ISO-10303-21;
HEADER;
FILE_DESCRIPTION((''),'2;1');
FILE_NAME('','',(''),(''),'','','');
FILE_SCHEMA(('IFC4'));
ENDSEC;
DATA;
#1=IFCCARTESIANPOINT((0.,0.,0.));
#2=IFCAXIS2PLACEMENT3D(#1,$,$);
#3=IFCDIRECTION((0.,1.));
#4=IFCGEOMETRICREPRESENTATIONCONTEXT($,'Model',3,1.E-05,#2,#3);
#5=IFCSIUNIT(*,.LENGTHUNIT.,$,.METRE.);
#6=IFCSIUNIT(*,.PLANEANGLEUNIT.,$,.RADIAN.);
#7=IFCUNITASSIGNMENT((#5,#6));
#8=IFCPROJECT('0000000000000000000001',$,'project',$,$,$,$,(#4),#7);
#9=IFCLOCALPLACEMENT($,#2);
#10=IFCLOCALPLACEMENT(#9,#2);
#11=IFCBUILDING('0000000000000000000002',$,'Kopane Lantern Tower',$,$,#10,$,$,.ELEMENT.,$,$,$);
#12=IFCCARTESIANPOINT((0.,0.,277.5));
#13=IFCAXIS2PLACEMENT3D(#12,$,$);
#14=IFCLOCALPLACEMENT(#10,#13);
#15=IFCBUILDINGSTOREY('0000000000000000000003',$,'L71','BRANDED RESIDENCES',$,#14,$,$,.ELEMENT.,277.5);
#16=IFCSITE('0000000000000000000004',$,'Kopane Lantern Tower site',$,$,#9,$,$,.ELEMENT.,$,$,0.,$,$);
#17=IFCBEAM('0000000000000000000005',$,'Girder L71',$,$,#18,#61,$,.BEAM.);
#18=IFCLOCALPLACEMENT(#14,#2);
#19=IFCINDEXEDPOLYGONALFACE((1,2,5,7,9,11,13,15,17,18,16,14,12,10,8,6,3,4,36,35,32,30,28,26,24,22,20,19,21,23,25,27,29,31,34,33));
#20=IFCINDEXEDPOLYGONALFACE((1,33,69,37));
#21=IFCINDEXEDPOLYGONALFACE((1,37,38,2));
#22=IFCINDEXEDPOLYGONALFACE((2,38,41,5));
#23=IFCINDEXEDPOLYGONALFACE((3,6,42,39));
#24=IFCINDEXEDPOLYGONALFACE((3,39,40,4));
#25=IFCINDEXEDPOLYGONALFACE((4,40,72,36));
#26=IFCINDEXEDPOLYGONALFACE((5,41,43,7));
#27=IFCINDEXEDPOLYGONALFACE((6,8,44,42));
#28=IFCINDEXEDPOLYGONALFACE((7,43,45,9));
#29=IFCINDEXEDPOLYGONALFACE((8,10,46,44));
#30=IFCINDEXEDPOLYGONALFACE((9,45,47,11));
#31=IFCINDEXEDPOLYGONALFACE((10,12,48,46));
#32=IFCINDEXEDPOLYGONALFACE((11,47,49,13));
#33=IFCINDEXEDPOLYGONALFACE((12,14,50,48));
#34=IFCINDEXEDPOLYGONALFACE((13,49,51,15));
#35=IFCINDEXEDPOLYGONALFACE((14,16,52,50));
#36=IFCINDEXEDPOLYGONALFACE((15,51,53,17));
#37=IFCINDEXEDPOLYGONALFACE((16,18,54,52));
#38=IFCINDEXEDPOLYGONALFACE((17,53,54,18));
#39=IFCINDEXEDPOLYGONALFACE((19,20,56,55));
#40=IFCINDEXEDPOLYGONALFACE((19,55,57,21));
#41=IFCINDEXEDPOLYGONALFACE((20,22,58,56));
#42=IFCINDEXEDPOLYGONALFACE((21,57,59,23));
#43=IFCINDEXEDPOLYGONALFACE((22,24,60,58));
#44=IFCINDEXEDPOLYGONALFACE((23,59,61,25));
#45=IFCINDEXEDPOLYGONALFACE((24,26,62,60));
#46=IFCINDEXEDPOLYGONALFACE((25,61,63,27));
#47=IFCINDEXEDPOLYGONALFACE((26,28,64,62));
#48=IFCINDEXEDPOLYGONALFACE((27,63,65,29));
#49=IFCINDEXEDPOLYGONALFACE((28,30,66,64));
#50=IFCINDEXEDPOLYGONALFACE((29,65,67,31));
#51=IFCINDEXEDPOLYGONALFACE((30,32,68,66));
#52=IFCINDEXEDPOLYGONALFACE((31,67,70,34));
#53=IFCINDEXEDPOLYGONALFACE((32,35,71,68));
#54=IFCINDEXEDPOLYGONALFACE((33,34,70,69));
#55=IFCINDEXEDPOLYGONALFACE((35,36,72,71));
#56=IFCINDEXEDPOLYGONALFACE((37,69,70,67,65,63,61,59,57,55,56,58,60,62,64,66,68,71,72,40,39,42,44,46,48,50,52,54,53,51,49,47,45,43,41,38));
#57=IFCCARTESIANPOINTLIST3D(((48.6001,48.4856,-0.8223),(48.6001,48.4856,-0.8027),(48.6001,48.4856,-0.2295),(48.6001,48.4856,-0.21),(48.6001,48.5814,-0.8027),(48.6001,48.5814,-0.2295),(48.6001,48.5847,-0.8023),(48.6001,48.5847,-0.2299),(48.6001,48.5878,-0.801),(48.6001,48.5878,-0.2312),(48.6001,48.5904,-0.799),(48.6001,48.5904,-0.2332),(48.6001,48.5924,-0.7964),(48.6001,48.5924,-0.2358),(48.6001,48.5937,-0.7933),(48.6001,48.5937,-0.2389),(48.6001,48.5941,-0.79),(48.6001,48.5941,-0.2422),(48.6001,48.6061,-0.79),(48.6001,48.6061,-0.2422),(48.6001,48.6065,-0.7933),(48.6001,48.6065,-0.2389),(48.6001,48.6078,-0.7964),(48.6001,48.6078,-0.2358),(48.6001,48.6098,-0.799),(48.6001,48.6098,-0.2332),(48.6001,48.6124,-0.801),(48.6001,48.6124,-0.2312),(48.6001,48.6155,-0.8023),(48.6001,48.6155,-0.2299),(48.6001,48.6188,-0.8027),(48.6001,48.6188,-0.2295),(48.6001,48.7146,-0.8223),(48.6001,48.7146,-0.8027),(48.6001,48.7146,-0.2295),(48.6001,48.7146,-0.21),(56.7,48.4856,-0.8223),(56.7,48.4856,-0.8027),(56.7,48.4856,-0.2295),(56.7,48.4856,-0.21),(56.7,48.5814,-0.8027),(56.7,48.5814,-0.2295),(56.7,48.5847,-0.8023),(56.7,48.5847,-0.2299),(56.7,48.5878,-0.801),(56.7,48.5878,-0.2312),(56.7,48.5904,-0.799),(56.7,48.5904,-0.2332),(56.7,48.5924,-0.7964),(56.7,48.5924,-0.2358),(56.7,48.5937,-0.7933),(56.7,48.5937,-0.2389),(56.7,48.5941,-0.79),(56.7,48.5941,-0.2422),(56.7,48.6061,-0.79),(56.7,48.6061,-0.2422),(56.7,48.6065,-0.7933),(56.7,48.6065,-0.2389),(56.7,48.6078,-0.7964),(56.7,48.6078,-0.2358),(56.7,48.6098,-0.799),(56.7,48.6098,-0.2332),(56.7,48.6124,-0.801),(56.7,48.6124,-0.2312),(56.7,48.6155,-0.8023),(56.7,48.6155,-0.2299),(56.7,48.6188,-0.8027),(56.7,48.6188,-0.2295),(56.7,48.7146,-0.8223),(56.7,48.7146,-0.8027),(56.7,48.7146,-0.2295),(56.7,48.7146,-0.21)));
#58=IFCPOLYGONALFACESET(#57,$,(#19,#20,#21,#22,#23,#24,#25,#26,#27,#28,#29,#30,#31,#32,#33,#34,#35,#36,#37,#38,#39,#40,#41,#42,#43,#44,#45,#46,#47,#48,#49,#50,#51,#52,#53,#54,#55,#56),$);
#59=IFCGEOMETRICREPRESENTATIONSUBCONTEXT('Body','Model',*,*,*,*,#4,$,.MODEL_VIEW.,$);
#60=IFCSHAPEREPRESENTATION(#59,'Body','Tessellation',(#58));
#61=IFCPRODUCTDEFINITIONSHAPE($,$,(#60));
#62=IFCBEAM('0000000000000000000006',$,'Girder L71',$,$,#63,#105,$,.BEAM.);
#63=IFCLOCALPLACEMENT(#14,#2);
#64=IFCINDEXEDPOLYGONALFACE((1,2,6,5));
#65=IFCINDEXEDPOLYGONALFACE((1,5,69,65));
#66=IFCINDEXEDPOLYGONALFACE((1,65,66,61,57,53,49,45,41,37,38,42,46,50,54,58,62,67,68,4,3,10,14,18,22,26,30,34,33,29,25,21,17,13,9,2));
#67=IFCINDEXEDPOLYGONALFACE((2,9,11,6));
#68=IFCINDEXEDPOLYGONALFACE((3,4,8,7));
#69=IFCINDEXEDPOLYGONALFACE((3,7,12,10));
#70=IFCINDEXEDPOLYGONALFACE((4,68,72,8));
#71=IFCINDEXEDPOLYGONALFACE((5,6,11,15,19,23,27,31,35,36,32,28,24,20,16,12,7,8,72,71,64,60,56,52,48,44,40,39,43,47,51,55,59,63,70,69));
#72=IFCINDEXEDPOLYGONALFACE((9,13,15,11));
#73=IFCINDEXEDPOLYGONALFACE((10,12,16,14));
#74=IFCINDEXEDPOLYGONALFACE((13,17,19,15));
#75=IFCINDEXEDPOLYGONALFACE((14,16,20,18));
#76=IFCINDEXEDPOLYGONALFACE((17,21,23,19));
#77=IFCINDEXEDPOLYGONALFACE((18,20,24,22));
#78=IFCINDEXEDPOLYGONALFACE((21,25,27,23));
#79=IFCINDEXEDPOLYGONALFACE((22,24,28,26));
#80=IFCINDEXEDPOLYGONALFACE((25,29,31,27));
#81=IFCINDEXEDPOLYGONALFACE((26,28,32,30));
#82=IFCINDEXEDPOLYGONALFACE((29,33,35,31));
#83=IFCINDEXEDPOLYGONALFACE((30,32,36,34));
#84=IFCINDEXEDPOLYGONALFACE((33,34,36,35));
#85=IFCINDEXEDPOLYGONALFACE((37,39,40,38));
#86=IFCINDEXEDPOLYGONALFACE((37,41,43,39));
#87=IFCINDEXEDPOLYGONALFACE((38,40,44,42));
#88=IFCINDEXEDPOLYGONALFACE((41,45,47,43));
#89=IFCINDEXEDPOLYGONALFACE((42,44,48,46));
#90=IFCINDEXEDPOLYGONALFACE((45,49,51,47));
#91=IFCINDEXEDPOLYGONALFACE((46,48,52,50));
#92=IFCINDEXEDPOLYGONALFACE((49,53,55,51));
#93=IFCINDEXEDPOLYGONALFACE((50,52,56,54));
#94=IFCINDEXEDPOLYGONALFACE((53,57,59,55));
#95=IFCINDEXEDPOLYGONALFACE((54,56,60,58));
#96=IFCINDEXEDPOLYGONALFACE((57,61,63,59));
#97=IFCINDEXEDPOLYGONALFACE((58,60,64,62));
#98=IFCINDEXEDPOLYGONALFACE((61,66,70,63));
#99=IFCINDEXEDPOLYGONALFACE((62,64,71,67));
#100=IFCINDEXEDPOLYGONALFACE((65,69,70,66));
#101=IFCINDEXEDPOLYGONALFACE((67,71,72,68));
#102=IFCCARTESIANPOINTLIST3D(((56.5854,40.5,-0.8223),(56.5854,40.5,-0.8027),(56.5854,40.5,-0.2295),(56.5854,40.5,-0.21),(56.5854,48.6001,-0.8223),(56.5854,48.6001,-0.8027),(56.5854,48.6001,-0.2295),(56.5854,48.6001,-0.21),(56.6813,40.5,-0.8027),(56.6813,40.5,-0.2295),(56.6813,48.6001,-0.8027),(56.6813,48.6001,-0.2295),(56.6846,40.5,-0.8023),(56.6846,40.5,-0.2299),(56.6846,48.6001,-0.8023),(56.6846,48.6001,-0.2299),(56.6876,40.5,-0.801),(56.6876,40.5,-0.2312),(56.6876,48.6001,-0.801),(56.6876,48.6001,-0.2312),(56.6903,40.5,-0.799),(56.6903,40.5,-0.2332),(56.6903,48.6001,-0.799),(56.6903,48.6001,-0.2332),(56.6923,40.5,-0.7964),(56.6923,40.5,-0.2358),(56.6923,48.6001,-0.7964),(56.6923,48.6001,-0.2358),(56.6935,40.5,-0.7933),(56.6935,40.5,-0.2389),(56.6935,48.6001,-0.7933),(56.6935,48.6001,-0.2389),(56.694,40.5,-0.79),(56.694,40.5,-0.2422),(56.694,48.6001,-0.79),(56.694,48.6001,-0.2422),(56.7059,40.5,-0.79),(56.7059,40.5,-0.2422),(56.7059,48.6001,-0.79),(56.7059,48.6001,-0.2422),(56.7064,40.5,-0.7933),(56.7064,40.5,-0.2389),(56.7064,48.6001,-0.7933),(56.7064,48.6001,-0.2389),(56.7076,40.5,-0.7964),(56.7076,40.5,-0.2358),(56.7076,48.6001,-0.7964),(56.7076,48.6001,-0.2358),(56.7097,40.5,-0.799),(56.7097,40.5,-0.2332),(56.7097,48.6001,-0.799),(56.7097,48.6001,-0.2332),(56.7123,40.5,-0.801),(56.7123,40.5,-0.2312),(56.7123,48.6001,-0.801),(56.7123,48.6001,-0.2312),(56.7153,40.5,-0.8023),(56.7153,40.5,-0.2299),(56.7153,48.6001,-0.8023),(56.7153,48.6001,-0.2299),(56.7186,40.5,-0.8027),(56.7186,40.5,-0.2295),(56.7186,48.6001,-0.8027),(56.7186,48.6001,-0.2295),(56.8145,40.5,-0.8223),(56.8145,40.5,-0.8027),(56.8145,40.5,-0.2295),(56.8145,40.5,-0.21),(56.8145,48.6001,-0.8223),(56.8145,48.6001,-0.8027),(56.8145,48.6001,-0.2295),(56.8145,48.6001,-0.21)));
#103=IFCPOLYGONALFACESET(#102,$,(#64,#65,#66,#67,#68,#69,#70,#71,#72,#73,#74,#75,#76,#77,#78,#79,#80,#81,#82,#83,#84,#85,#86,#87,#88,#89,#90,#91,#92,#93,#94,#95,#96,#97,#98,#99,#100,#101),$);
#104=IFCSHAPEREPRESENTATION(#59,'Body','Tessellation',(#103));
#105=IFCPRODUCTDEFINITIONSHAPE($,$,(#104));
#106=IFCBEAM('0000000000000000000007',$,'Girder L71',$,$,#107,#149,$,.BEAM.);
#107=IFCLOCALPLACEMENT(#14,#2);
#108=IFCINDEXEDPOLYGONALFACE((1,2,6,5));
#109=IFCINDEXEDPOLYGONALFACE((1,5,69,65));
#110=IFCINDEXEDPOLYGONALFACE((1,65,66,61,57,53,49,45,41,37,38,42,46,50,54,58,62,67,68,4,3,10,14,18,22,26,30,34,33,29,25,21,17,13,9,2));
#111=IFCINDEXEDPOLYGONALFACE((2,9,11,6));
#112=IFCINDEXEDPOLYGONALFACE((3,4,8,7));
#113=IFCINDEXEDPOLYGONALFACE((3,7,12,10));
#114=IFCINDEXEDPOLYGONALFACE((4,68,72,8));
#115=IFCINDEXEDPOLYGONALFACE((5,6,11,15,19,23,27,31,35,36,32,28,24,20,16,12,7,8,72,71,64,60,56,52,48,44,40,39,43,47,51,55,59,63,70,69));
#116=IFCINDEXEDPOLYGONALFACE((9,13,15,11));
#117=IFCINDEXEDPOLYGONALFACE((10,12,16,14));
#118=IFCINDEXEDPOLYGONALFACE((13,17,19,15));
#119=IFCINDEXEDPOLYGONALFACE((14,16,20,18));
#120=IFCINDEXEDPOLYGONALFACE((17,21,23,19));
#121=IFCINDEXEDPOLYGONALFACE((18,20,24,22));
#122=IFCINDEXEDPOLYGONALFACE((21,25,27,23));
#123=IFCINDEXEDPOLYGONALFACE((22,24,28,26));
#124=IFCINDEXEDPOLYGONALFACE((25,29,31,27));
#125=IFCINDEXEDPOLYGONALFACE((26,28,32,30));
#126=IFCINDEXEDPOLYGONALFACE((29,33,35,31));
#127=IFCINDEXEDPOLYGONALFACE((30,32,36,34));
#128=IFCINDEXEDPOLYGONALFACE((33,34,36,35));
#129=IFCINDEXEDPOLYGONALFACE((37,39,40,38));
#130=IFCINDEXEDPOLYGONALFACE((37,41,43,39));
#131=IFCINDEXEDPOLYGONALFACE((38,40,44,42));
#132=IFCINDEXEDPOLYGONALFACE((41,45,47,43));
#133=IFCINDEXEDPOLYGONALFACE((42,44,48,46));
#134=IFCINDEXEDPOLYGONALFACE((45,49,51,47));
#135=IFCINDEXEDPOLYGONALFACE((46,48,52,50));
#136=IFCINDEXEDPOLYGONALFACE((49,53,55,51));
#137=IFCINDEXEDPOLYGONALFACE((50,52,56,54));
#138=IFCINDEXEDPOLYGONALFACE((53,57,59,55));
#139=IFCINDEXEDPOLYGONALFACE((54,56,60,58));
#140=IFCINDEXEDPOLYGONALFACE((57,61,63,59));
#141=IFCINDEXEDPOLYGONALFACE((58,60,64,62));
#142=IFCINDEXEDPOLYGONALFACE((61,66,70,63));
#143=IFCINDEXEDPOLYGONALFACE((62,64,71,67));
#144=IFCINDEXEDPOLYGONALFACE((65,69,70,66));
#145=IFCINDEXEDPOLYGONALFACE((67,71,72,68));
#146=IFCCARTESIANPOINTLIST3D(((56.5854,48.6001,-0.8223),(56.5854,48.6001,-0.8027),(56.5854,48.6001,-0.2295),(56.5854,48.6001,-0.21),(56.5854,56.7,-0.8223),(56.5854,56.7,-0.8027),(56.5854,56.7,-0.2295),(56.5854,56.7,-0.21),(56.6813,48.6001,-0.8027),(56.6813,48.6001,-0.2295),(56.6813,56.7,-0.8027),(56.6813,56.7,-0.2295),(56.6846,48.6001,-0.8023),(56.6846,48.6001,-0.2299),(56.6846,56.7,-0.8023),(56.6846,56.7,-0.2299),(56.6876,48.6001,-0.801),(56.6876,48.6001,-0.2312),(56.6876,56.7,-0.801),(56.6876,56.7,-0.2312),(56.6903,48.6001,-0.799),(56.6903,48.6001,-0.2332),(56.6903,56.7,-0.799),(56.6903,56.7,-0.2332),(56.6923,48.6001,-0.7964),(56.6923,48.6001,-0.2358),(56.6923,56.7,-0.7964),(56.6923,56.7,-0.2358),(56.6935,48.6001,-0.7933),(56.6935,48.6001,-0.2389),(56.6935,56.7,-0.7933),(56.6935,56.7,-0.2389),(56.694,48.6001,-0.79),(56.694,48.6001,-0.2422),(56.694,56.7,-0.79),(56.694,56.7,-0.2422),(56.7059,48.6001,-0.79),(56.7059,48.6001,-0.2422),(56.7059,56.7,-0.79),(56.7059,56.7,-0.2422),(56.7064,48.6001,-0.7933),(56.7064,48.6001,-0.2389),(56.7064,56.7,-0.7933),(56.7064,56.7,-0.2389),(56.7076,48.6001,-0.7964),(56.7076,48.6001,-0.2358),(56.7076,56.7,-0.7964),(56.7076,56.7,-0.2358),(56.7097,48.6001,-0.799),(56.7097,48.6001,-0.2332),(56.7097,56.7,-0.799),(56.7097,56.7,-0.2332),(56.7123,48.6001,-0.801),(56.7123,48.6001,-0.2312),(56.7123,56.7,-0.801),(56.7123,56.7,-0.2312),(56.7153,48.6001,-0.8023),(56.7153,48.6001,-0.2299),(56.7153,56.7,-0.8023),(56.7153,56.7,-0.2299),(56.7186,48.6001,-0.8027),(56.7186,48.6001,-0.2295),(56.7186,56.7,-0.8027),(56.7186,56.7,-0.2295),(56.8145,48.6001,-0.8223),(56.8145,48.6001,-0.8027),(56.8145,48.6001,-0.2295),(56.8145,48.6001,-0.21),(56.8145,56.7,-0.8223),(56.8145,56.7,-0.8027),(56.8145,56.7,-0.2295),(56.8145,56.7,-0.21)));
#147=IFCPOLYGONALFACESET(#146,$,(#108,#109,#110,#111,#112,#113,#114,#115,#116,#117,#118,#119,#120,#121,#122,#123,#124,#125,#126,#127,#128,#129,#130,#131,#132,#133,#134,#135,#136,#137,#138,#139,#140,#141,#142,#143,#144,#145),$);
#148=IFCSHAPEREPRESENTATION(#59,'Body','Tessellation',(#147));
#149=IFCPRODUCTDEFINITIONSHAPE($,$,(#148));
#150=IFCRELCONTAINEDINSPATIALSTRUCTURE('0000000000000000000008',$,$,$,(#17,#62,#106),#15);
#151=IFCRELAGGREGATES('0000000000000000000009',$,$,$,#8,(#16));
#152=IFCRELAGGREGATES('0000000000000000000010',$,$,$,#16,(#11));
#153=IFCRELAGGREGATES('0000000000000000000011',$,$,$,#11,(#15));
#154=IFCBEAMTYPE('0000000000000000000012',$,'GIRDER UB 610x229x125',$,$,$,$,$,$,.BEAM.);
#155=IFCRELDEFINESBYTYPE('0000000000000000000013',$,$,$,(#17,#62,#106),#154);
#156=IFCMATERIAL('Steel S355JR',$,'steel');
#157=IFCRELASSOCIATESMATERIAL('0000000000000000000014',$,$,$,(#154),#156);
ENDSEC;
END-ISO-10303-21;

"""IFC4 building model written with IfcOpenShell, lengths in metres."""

from ifc_helpers import new_model, si_unit, direction, frame, origin, origin_2d, place, context, subcontext, project, spatial, i_section, extrude, material, material_profile, profile_set, type_object, element, save


model = new_model("IFC4")

# Units and contexts
model_context = context("Model", 3, precision=1e-05, world=origin(), true_north=direction((0.0, 1.0)))
body_context = subcontext(model_context, "Body", "Model", "MODEL_VIEW")
ifc_project = project(units=[si_unit("LENGTHUNIT", "METRE"), si_unit("PLANEANGLEUNIT", "RADIAN")], contexts=[model_context])

# Site, building, storey
site_placement = place(None, origin())
site = spatial("IfcSite", under=ifc_project, at=site_placement, Name="Kopane Lantern Tower site", CompositionType="ELEMENT", RefElevation=0.0)
building_placement = place(site_placement, origin())
building = spatial("IfcBuilding", under=site, at=building_placement, Name="Kopane Lantern Tower", CompositionType="ELEMENT")
storey_placement = place(building_placement, frame((0.0, 0.0, 277.5)))
storey = spatial("IfcBuildingStorey", under=building, at=storey_placement, Name="L71", Description="BRANDED RESIDENCES", CompositionType="ELEMENT", Elevation=277.5)

# Beams
ifc_material_1 = material(Name="Steel S355JR", Category="steel")
ifc_material_profile_1 = material_profile(ifc_material_1, i_section(OverallWidth=0.229, OverallDepth=0.6123, WebThickness=0.012, FlangeThickness=0.0195, FilletRadius=0.0127, at=origin_2d()), Name="UB 610x229x125")
ifc_profile_set_1 = profile_set([ifc_material_profile_1], Name="Steel S355JR")
beam_type = type_object("IfcBeamType", Name="GIRDER UB 610x229x125", PredefinedType="BEAM", material=ifc_profile_set_1)
for number, where, z_axis, x_axis, name in (
    (1, (48.6001, 48.6001, -0.5161), (1.0, 0.0, 0.0), (0.0, 1.0, 0.0), "Girder L71"),
):
    element("IfcBeam", number, at=place(storey_placement, frame(where, z_axis=z_axis, x_axis=x_axis)), inside=storey, type_object=beam_type, Name=name, PredefinedType="BEAM", context=body_context, shape_type="SweptSolid", body=[
        extrude(i_section(OverallWidth=0.229, OverallDepth=0.6123, WebThickness=0.012, FlangeThickness=0.0195, FilletRadius=0.0127, at=origin_2d()), origin(), (0.0, 0.0, 1.0), 8.0999),
    ])
beam_1_placement = place(storey_placement, frame((56.7, 40.5, -0.5161), z_axis=(0.0, 1.0, 0.0), x_axis=(-1.0, 0.0, 0.0)))
element("IfcBeam", 2, at=beam_1_placement, inside=storey, type_object=beam_type, Name="Girder L71", PredefinedType="BEAM", context=body_context, shape_type="SweptSolid", body=[
    extrude(i_section(OverallWidth=0.229, OverallDepth=0.6123, WebThickness=0.012, FlangeThickness=0.0195, FilletRadius=0.0127, at=origin_2d()), origin(), (0.0, 0.0, 1.0), 8.1001),
])
beam_2_placement = place(storey_placement, frame((56.7, 48.6001, -0.5161), z_axis=(0.0, 1.0, 0.0), x_axis=(-1.0, 0.0, 0.0)))
element("IfcBeam", 3, at=beam_2_placement, inside=storey, type_object=beam_type, Name="Girder L71", PredefinedType="BEAM", context=body_context, shape_type="SweptSolid", body=[
    extrude(i_section(OverallWidth=0.229, OverallDepth=0.6123, WebThickness=0.012, FlangeThickness=0.0195, FilletRadius=0.0127, at=origin_2d()), origin(), (0.0, 0.0, 1.0), 8.0999),
])

save(model, "model.ifc")
